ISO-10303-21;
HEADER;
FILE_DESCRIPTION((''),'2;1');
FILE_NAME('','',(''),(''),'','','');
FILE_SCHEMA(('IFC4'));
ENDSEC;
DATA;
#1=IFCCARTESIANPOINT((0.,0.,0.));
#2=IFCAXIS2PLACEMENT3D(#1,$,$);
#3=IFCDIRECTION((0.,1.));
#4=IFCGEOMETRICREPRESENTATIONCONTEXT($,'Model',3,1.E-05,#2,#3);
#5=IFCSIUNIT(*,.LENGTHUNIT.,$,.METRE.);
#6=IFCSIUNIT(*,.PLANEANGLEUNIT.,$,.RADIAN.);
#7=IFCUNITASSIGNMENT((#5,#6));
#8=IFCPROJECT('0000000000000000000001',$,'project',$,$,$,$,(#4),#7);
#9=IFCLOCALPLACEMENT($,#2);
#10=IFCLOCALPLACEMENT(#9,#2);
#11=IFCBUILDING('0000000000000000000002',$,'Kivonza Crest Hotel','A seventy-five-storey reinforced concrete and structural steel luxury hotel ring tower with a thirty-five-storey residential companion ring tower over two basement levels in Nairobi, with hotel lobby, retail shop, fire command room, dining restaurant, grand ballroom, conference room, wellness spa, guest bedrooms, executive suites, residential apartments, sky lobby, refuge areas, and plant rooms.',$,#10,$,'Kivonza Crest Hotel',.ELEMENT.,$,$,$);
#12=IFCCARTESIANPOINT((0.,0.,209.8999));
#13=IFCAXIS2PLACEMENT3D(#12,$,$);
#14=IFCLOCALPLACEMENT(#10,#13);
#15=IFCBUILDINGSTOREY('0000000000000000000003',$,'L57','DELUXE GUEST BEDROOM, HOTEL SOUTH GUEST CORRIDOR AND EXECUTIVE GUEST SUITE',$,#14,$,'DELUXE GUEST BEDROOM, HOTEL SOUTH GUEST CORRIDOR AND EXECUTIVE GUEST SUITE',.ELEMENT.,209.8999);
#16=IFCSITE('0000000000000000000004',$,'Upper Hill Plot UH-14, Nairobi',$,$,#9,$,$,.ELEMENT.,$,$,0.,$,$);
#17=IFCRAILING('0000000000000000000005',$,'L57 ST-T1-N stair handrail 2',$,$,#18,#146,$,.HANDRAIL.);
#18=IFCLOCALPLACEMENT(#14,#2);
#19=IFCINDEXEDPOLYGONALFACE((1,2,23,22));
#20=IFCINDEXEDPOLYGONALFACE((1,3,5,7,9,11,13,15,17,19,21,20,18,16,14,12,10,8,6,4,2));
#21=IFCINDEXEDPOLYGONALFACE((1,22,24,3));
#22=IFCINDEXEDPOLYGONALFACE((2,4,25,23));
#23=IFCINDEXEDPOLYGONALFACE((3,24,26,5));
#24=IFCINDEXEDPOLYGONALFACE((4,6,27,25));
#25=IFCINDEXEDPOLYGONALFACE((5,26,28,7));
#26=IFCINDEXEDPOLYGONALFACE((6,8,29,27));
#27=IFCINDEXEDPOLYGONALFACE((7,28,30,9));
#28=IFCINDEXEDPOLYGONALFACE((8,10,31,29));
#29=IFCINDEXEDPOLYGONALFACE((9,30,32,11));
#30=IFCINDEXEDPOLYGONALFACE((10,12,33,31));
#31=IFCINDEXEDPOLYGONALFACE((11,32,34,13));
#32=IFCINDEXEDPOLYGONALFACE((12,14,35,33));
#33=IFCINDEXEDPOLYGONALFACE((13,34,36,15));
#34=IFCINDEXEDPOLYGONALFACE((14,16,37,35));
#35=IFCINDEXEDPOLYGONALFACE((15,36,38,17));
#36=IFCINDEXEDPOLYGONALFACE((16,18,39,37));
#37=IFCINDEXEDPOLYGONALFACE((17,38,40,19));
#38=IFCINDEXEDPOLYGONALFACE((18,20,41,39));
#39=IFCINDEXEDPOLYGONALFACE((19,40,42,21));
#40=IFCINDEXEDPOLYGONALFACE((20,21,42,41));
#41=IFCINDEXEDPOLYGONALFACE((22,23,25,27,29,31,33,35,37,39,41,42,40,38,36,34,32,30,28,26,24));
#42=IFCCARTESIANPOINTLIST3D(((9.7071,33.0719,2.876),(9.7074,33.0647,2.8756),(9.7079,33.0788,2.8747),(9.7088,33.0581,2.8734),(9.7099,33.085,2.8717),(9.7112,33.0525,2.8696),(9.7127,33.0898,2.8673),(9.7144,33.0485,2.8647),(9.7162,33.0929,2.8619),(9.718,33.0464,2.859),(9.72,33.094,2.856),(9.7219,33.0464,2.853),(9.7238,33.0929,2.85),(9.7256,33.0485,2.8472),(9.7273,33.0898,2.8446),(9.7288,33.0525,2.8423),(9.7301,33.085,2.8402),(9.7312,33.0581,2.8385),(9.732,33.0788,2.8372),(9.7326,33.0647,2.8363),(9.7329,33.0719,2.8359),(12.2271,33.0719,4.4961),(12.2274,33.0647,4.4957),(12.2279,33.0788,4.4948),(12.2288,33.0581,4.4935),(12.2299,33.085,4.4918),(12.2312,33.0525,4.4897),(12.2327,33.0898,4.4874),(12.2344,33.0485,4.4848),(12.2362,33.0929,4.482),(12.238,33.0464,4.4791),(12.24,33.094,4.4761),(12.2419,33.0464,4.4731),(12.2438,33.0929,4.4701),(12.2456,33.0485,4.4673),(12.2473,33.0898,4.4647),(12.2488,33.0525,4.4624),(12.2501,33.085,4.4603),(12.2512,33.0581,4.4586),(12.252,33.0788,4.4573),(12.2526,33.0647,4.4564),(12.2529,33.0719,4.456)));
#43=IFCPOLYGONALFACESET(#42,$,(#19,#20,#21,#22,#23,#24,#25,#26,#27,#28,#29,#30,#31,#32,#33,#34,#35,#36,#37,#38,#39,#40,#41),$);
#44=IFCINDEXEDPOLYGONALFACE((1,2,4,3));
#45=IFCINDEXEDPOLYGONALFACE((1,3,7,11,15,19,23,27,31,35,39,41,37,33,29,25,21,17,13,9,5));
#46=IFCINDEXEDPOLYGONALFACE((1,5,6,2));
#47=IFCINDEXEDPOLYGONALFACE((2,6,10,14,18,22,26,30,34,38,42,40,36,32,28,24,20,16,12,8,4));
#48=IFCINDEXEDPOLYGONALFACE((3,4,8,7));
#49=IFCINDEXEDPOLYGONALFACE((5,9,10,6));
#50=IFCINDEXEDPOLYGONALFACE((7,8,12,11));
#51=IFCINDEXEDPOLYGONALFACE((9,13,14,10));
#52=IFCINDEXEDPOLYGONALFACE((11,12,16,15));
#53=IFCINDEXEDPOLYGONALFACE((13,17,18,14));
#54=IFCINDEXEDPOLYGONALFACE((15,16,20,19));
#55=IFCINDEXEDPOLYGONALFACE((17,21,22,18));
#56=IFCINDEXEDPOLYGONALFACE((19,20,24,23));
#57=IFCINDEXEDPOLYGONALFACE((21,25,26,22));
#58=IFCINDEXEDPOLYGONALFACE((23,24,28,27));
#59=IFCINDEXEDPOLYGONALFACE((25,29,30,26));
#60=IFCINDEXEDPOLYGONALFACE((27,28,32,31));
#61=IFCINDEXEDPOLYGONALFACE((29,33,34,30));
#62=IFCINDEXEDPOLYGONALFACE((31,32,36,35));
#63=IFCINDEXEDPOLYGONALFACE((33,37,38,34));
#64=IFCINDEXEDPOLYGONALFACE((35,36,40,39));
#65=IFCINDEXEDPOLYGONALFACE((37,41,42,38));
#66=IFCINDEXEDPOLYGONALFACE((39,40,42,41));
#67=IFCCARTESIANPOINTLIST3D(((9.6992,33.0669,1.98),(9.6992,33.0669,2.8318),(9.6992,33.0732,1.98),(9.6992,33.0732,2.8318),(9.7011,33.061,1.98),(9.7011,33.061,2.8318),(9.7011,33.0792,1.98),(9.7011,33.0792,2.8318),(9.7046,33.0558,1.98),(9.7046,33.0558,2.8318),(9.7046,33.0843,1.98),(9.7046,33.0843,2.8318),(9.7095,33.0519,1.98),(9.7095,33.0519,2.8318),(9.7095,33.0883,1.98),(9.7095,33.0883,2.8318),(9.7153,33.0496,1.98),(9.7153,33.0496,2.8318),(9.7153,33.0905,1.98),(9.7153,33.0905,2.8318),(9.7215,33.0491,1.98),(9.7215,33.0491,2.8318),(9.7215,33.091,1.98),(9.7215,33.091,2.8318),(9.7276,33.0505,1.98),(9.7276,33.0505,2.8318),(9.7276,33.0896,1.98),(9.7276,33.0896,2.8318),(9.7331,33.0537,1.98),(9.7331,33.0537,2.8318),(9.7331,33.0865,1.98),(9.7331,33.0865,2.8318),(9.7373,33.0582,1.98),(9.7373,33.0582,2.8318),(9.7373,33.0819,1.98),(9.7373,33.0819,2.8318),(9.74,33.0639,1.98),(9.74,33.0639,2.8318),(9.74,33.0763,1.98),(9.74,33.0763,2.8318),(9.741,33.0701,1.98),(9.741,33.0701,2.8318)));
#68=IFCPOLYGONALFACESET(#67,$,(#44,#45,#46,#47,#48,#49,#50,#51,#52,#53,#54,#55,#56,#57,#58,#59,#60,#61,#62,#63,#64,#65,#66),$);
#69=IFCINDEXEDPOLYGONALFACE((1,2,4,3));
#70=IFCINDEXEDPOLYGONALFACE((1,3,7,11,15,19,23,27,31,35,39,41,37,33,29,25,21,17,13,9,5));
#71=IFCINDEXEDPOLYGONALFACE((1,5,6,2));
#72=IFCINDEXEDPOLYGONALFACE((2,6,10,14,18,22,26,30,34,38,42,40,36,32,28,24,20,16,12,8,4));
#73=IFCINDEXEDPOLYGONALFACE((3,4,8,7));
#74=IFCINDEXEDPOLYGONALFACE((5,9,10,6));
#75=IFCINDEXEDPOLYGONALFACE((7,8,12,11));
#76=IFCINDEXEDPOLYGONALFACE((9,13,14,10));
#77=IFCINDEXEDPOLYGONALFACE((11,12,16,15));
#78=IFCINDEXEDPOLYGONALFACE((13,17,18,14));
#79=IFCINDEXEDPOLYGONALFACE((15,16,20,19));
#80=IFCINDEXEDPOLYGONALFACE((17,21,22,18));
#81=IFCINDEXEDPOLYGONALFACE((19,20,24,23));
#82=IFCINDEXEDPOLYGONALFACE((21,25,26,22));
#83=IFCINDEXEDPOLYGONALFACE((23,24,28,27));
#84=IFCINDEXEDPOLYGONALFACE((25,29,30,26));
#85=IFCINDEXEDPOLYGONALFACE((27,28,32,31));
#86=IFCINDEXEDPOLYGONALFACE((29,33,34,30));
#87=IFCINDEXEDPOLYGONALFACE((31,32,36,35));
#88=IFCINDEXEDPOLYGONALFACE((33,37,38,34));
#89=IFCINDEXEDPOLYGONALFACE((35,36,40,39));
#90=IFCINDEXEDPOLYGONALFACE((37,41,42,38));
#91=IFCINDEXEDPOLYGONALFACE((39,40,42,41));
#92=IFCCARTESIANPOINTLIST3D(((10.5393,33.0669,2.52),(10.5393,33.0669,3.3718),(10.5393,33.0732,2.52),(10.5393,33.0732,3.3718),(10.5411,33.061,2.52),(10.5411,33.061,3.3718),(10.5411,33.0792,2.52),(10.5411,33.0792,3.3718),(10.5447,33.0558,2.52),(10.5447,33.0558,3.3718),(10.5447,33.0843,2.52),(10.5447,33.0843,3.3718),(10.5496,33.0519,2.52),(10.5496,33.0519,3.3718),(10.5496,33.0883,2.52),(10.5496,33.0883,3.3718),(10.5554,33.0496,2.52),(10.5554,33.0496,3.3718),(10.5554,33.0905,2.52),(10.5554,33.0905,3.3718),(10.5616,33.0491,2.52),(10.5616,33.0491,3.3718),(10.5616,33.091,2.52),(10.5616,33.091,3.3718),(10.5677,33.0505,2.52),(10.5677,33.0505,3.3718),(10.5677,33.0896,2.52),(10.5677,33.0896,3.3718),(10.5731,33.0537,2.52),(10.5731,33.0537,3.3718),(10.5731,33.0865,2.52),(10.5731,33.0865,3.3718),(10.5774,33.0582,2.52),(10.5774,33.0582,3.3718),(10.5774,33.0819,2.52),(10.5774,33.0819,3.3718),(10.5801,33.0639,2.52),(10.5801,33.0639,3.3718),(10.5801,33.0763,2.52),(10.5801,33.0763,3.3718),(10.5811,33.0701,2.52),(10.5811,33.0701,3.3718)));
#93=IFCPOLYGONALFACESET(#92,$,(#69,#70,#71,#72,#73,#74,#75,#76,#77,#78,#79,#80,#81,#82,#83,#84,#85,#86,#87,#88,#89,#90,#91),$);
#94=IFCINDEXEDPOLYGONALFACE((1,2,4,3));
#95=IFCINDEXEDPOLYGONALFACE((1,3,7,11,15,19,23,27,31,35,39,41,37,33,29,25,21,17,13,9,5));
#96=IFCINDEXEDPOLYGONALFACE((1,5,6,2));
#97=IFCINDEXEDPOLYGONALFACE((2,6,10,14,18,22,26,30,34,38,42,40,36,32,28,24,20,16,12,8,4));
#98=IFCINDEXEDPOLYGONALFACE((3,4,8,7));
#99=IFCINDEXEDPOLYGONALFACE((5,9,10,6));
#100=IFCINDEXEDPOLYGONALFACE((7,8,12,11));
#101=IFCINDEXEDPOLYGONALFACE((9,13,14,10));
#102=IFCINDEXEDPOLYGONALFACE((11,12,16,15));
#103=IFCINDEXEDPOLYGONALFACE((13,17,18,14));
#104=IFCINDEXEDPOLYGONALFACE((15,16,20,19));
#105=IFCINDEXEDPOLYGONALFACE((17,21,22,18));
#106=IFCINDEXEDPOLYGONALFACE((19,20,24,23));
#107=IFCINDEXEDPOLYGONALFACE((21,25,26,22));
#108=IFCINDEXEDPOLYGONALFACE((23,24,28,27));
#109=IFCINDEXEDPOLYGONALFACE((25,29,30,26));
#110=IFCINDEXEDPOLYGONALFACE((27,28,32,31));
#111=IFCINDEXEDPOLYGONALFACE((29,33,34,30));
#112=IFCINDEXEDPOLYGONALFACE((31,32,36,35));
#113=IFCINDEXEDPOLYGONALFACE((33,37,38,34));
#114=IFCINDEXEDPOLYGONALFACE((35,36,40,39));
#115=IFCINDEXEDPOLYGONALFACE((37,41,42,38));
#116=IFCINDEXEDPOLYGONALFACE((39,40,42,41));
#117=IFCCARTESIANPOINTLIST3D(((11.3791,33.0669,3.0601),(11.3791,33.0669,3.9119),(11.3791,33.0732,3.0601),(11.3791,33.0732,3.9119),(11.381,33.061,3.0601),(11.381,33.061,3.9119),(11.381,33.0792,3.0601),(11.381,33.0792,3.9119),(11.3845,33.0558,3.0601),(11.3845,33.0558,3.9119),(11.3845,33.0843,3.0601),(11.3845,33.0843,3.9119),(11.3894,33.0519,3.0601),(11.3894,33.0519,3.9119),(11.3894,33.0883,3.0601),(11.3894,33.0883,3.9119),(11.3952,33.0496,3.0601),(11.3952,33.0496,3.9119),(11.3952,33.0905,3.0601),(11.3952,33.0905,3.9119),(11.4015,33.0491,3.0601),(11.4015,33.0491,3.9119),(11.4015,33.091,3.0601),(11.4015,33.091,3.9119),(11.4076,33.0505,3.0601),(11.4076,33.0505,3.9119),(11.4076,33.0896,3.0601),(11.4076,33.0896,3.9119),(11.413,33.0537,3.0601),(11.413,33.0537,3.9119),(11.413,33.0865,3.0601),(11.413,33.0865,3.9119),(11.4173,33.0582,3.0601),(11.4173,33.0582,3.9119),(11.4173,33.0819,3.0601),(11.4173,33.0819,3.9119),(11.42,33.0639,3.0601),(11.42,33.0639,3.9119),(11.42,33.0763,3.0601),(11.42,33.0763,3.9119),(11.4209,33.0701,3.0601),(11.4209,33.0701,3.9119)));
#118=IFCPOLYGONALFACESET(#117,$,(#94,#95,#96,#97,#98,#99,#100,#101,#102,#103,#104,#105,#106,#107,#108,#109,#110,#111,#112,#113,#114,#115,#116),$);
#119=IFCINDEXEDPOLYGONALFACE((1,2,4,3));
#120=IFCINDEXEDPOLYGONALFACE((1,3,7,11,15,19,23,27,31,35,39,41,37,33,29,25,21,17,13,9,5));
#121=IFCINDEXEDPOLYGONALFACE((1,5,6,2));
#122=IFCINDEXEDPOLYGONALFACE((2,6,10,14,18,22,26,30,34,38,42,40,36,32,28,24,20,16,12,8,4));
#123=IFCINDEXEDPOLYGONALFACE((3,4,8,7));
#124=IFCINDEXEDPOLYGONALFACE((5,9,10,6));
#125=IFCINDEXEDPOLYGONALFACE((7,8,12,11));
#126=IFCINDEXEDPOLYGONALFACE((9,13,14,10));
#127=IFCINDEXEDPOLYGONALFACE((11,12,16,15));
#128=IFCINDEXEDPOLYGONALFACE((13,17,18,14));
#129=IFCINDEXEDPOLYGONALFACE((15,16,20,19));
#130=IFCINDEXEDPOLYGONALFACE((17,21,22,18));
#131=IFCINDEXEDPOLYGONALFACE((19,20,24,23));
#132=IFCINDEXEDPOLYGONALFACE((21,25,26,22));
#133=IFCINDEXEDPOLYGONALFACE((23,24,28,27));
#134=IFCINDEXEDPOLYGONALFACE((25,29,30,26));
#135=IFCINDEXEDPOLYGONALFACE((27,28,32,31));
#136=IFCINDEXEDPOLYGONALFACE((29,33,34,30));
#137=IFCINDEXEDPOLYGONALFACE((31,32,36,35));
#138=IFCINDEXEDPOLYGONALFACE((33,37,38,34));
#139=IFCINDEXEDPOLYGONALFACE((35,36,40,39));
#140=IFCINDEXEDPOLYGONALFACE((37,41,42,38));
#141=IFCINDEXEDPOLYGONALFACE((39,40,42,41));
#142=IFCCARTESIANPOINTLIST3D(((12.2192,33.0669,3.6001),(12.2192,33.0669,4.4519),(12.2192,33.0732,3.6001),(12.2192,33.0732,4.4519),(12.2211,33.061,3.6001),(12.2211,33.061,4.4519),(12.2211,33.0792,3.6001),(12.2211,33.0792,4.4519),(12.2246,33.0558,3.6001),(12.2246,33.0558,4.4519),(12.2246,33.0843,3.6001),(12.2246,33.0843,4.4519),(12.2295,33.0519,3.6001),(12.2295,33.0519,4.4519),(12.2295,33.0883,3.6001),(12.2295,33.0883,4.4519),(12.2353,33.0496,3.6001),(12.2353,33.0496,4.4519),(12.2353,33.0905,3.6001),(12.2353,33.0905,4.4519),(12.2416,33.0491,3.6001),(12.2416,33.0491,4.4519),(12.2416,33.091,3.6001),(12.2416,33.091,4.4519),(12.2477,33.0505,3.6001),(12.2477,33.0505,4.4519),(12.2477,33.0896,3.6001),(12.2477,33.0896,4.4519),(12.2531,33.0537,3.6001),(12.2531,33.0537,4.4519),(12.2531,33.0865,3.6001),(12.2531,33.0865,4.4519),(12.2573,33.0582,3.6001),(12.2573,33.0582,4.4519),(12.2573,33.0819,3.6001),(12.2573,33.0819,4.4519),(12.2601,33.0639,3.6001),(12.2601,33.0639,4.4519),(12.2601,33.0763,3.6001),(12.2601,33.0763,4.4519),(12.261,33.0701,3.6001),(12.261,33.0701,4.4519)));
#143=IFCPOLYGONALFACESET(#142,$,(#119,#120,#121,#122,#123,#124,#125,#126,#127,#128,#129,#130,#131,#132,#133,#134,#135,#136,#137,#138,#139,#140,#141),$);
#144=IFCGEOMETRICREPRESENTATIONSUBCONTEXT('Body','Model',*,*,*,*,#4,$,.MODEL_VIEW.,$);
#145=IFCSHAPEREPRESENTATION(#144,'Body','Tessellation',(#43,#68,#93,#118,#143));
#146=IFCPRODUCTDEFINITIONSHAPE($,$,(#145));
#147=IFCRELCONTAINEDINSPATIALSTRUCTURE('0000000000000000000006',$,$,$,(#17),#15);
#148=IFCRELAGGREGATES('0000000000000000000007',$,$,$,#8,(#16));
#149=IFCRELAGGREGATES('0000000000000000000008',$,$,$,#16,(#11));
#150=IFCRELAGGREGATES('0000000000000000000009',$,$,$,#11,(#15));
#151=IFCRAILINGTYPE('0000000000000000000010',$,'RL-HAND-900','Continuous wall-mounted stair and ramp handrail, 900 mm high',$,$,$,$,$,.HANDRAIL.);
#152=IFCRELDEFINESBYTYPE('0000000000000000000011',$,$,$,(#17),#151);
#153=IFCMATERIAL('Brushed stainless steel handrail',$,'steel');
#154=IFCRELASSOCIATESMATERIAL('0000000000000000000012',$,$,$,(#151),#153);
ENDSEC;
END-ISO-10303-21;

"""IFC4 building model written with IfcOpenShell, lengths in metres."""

from ifc_helpers import new_model, si_unit, direction, frame, origin, origin_2d, place, context, subcontext, project, spatial, circle, extrude, material, type_object, element, save


model = new_model("IFC4")

# Units and contexts
model_context = context("Model", 3, precision=1e-05, world=origin(), true_north=direction((0.0, 1.0)))
body_context = subcontext(model_context, "Body", "Model", "MODEL_VIEW")
ifc_project = project(units=[si_unit("LENGTHUNIT", "METRE"), si_unit("PLANEANGLEUNIT", "RADIAN")], contexts=[model_context])

# Site, building, storey
site_placement = place(None, origin())
site = spatial("IfcSite", under=ifc_project, at=site_placement, Name="Upper Hill Plot UH-14, Nairobi", CompositionType="ELEMENT", RefElevation=0.0)
building_placement = place(site_placement, origin())
building = spatial("IfcBuilding", under=site, at=building_placement, Name="Kivonza Crest Hotel", Description="A seventy-five-storey reinforced concrete and structural steel luxury hotel ring tower with a thirty-five-storey residential companion ring tower over two basement levels in Nairobi, with hotel lobby, retail shop, fire command room, dining restaurant, grand ballroom, conference room, wellness spa, guest bedrooms, executive suites, residential apartments, sky lobby, refuge areas, and plant rooms.", LongName="Kivonza Crest Hotel", CompositionType="ELEMENT")
storey_placement = place(building_placement, frame((0.0, 0.0, 209.8999)))
storey = spatial("IfcBuildingStorey", under=building, at=storey_placement, Name="L57", Description="DELUXE GUEST BEDROOM, HOTEL SOUTH GUEST CORRIDOR AND EXECUTIVE GUEST SUITE", LongName="DELUXE GUEST BEDROOM, HOTEL SOUTH GUEST CORRIDOR AND EXECUTIVE GUEST SUITE", CompositionType="ELEMENT", Elevation=209.8999)

# Railing
ifc_material_1 = material(Name="Brushed stainless steel handrail", Category="steel")
railing_type_1 = type_object("IfcRailingType", Name="RL-HAND-900", Description="Continuous wall-mounted stair and ramp handrail, 900 mm high", PredefinedType="HANDRAIL", material=ifc_material_1)
railing_1_placement = place(storey_placement, frame((9.72, 33.0701, 1.98)))
element("IfcRailing", 1, at=railing_1_placement, inside=storey, type_object=railing_type_1, Name="L57 ST-T1-N stair handrail 2", PredefinedType="HANDRAIL", context=body_context, shape_type="SweptSolid", body=[
    extrude(circle(Radius=0.0239, at=origin_2d()), frame((0.0, 0.0, 0.876), z_axis=(0.841163, 0.0, 0.540782), x_axis=(0.0, 1.0, 0.0)), (0.0, 0.0, 1.0), 2.9958),
    extrude(circle(Radius=0.021, at=origin_2d()), origin(), (0.0, 0.0, 1.0), 0.8518),
    extrude(circle(Radius=0.021, at=origin_2d()), frame((0.8401, 0.0, 0.54)), (0.0, 0.0, 1.0), 0.8518),
    extrude(circle(Radius=0.021, at=origin_2d()), frame((1.6799, 0.0, 1.0801)), (0.0, 0.0, 1.0), 0.8518),
    extrude(circle(Radius=0.021, at=origin_2d()), frame((2.52, 0.0, 1.6201)), (0.0, 0.0, 1.0), 0.8518),
])

save(model, "model.ifc")
